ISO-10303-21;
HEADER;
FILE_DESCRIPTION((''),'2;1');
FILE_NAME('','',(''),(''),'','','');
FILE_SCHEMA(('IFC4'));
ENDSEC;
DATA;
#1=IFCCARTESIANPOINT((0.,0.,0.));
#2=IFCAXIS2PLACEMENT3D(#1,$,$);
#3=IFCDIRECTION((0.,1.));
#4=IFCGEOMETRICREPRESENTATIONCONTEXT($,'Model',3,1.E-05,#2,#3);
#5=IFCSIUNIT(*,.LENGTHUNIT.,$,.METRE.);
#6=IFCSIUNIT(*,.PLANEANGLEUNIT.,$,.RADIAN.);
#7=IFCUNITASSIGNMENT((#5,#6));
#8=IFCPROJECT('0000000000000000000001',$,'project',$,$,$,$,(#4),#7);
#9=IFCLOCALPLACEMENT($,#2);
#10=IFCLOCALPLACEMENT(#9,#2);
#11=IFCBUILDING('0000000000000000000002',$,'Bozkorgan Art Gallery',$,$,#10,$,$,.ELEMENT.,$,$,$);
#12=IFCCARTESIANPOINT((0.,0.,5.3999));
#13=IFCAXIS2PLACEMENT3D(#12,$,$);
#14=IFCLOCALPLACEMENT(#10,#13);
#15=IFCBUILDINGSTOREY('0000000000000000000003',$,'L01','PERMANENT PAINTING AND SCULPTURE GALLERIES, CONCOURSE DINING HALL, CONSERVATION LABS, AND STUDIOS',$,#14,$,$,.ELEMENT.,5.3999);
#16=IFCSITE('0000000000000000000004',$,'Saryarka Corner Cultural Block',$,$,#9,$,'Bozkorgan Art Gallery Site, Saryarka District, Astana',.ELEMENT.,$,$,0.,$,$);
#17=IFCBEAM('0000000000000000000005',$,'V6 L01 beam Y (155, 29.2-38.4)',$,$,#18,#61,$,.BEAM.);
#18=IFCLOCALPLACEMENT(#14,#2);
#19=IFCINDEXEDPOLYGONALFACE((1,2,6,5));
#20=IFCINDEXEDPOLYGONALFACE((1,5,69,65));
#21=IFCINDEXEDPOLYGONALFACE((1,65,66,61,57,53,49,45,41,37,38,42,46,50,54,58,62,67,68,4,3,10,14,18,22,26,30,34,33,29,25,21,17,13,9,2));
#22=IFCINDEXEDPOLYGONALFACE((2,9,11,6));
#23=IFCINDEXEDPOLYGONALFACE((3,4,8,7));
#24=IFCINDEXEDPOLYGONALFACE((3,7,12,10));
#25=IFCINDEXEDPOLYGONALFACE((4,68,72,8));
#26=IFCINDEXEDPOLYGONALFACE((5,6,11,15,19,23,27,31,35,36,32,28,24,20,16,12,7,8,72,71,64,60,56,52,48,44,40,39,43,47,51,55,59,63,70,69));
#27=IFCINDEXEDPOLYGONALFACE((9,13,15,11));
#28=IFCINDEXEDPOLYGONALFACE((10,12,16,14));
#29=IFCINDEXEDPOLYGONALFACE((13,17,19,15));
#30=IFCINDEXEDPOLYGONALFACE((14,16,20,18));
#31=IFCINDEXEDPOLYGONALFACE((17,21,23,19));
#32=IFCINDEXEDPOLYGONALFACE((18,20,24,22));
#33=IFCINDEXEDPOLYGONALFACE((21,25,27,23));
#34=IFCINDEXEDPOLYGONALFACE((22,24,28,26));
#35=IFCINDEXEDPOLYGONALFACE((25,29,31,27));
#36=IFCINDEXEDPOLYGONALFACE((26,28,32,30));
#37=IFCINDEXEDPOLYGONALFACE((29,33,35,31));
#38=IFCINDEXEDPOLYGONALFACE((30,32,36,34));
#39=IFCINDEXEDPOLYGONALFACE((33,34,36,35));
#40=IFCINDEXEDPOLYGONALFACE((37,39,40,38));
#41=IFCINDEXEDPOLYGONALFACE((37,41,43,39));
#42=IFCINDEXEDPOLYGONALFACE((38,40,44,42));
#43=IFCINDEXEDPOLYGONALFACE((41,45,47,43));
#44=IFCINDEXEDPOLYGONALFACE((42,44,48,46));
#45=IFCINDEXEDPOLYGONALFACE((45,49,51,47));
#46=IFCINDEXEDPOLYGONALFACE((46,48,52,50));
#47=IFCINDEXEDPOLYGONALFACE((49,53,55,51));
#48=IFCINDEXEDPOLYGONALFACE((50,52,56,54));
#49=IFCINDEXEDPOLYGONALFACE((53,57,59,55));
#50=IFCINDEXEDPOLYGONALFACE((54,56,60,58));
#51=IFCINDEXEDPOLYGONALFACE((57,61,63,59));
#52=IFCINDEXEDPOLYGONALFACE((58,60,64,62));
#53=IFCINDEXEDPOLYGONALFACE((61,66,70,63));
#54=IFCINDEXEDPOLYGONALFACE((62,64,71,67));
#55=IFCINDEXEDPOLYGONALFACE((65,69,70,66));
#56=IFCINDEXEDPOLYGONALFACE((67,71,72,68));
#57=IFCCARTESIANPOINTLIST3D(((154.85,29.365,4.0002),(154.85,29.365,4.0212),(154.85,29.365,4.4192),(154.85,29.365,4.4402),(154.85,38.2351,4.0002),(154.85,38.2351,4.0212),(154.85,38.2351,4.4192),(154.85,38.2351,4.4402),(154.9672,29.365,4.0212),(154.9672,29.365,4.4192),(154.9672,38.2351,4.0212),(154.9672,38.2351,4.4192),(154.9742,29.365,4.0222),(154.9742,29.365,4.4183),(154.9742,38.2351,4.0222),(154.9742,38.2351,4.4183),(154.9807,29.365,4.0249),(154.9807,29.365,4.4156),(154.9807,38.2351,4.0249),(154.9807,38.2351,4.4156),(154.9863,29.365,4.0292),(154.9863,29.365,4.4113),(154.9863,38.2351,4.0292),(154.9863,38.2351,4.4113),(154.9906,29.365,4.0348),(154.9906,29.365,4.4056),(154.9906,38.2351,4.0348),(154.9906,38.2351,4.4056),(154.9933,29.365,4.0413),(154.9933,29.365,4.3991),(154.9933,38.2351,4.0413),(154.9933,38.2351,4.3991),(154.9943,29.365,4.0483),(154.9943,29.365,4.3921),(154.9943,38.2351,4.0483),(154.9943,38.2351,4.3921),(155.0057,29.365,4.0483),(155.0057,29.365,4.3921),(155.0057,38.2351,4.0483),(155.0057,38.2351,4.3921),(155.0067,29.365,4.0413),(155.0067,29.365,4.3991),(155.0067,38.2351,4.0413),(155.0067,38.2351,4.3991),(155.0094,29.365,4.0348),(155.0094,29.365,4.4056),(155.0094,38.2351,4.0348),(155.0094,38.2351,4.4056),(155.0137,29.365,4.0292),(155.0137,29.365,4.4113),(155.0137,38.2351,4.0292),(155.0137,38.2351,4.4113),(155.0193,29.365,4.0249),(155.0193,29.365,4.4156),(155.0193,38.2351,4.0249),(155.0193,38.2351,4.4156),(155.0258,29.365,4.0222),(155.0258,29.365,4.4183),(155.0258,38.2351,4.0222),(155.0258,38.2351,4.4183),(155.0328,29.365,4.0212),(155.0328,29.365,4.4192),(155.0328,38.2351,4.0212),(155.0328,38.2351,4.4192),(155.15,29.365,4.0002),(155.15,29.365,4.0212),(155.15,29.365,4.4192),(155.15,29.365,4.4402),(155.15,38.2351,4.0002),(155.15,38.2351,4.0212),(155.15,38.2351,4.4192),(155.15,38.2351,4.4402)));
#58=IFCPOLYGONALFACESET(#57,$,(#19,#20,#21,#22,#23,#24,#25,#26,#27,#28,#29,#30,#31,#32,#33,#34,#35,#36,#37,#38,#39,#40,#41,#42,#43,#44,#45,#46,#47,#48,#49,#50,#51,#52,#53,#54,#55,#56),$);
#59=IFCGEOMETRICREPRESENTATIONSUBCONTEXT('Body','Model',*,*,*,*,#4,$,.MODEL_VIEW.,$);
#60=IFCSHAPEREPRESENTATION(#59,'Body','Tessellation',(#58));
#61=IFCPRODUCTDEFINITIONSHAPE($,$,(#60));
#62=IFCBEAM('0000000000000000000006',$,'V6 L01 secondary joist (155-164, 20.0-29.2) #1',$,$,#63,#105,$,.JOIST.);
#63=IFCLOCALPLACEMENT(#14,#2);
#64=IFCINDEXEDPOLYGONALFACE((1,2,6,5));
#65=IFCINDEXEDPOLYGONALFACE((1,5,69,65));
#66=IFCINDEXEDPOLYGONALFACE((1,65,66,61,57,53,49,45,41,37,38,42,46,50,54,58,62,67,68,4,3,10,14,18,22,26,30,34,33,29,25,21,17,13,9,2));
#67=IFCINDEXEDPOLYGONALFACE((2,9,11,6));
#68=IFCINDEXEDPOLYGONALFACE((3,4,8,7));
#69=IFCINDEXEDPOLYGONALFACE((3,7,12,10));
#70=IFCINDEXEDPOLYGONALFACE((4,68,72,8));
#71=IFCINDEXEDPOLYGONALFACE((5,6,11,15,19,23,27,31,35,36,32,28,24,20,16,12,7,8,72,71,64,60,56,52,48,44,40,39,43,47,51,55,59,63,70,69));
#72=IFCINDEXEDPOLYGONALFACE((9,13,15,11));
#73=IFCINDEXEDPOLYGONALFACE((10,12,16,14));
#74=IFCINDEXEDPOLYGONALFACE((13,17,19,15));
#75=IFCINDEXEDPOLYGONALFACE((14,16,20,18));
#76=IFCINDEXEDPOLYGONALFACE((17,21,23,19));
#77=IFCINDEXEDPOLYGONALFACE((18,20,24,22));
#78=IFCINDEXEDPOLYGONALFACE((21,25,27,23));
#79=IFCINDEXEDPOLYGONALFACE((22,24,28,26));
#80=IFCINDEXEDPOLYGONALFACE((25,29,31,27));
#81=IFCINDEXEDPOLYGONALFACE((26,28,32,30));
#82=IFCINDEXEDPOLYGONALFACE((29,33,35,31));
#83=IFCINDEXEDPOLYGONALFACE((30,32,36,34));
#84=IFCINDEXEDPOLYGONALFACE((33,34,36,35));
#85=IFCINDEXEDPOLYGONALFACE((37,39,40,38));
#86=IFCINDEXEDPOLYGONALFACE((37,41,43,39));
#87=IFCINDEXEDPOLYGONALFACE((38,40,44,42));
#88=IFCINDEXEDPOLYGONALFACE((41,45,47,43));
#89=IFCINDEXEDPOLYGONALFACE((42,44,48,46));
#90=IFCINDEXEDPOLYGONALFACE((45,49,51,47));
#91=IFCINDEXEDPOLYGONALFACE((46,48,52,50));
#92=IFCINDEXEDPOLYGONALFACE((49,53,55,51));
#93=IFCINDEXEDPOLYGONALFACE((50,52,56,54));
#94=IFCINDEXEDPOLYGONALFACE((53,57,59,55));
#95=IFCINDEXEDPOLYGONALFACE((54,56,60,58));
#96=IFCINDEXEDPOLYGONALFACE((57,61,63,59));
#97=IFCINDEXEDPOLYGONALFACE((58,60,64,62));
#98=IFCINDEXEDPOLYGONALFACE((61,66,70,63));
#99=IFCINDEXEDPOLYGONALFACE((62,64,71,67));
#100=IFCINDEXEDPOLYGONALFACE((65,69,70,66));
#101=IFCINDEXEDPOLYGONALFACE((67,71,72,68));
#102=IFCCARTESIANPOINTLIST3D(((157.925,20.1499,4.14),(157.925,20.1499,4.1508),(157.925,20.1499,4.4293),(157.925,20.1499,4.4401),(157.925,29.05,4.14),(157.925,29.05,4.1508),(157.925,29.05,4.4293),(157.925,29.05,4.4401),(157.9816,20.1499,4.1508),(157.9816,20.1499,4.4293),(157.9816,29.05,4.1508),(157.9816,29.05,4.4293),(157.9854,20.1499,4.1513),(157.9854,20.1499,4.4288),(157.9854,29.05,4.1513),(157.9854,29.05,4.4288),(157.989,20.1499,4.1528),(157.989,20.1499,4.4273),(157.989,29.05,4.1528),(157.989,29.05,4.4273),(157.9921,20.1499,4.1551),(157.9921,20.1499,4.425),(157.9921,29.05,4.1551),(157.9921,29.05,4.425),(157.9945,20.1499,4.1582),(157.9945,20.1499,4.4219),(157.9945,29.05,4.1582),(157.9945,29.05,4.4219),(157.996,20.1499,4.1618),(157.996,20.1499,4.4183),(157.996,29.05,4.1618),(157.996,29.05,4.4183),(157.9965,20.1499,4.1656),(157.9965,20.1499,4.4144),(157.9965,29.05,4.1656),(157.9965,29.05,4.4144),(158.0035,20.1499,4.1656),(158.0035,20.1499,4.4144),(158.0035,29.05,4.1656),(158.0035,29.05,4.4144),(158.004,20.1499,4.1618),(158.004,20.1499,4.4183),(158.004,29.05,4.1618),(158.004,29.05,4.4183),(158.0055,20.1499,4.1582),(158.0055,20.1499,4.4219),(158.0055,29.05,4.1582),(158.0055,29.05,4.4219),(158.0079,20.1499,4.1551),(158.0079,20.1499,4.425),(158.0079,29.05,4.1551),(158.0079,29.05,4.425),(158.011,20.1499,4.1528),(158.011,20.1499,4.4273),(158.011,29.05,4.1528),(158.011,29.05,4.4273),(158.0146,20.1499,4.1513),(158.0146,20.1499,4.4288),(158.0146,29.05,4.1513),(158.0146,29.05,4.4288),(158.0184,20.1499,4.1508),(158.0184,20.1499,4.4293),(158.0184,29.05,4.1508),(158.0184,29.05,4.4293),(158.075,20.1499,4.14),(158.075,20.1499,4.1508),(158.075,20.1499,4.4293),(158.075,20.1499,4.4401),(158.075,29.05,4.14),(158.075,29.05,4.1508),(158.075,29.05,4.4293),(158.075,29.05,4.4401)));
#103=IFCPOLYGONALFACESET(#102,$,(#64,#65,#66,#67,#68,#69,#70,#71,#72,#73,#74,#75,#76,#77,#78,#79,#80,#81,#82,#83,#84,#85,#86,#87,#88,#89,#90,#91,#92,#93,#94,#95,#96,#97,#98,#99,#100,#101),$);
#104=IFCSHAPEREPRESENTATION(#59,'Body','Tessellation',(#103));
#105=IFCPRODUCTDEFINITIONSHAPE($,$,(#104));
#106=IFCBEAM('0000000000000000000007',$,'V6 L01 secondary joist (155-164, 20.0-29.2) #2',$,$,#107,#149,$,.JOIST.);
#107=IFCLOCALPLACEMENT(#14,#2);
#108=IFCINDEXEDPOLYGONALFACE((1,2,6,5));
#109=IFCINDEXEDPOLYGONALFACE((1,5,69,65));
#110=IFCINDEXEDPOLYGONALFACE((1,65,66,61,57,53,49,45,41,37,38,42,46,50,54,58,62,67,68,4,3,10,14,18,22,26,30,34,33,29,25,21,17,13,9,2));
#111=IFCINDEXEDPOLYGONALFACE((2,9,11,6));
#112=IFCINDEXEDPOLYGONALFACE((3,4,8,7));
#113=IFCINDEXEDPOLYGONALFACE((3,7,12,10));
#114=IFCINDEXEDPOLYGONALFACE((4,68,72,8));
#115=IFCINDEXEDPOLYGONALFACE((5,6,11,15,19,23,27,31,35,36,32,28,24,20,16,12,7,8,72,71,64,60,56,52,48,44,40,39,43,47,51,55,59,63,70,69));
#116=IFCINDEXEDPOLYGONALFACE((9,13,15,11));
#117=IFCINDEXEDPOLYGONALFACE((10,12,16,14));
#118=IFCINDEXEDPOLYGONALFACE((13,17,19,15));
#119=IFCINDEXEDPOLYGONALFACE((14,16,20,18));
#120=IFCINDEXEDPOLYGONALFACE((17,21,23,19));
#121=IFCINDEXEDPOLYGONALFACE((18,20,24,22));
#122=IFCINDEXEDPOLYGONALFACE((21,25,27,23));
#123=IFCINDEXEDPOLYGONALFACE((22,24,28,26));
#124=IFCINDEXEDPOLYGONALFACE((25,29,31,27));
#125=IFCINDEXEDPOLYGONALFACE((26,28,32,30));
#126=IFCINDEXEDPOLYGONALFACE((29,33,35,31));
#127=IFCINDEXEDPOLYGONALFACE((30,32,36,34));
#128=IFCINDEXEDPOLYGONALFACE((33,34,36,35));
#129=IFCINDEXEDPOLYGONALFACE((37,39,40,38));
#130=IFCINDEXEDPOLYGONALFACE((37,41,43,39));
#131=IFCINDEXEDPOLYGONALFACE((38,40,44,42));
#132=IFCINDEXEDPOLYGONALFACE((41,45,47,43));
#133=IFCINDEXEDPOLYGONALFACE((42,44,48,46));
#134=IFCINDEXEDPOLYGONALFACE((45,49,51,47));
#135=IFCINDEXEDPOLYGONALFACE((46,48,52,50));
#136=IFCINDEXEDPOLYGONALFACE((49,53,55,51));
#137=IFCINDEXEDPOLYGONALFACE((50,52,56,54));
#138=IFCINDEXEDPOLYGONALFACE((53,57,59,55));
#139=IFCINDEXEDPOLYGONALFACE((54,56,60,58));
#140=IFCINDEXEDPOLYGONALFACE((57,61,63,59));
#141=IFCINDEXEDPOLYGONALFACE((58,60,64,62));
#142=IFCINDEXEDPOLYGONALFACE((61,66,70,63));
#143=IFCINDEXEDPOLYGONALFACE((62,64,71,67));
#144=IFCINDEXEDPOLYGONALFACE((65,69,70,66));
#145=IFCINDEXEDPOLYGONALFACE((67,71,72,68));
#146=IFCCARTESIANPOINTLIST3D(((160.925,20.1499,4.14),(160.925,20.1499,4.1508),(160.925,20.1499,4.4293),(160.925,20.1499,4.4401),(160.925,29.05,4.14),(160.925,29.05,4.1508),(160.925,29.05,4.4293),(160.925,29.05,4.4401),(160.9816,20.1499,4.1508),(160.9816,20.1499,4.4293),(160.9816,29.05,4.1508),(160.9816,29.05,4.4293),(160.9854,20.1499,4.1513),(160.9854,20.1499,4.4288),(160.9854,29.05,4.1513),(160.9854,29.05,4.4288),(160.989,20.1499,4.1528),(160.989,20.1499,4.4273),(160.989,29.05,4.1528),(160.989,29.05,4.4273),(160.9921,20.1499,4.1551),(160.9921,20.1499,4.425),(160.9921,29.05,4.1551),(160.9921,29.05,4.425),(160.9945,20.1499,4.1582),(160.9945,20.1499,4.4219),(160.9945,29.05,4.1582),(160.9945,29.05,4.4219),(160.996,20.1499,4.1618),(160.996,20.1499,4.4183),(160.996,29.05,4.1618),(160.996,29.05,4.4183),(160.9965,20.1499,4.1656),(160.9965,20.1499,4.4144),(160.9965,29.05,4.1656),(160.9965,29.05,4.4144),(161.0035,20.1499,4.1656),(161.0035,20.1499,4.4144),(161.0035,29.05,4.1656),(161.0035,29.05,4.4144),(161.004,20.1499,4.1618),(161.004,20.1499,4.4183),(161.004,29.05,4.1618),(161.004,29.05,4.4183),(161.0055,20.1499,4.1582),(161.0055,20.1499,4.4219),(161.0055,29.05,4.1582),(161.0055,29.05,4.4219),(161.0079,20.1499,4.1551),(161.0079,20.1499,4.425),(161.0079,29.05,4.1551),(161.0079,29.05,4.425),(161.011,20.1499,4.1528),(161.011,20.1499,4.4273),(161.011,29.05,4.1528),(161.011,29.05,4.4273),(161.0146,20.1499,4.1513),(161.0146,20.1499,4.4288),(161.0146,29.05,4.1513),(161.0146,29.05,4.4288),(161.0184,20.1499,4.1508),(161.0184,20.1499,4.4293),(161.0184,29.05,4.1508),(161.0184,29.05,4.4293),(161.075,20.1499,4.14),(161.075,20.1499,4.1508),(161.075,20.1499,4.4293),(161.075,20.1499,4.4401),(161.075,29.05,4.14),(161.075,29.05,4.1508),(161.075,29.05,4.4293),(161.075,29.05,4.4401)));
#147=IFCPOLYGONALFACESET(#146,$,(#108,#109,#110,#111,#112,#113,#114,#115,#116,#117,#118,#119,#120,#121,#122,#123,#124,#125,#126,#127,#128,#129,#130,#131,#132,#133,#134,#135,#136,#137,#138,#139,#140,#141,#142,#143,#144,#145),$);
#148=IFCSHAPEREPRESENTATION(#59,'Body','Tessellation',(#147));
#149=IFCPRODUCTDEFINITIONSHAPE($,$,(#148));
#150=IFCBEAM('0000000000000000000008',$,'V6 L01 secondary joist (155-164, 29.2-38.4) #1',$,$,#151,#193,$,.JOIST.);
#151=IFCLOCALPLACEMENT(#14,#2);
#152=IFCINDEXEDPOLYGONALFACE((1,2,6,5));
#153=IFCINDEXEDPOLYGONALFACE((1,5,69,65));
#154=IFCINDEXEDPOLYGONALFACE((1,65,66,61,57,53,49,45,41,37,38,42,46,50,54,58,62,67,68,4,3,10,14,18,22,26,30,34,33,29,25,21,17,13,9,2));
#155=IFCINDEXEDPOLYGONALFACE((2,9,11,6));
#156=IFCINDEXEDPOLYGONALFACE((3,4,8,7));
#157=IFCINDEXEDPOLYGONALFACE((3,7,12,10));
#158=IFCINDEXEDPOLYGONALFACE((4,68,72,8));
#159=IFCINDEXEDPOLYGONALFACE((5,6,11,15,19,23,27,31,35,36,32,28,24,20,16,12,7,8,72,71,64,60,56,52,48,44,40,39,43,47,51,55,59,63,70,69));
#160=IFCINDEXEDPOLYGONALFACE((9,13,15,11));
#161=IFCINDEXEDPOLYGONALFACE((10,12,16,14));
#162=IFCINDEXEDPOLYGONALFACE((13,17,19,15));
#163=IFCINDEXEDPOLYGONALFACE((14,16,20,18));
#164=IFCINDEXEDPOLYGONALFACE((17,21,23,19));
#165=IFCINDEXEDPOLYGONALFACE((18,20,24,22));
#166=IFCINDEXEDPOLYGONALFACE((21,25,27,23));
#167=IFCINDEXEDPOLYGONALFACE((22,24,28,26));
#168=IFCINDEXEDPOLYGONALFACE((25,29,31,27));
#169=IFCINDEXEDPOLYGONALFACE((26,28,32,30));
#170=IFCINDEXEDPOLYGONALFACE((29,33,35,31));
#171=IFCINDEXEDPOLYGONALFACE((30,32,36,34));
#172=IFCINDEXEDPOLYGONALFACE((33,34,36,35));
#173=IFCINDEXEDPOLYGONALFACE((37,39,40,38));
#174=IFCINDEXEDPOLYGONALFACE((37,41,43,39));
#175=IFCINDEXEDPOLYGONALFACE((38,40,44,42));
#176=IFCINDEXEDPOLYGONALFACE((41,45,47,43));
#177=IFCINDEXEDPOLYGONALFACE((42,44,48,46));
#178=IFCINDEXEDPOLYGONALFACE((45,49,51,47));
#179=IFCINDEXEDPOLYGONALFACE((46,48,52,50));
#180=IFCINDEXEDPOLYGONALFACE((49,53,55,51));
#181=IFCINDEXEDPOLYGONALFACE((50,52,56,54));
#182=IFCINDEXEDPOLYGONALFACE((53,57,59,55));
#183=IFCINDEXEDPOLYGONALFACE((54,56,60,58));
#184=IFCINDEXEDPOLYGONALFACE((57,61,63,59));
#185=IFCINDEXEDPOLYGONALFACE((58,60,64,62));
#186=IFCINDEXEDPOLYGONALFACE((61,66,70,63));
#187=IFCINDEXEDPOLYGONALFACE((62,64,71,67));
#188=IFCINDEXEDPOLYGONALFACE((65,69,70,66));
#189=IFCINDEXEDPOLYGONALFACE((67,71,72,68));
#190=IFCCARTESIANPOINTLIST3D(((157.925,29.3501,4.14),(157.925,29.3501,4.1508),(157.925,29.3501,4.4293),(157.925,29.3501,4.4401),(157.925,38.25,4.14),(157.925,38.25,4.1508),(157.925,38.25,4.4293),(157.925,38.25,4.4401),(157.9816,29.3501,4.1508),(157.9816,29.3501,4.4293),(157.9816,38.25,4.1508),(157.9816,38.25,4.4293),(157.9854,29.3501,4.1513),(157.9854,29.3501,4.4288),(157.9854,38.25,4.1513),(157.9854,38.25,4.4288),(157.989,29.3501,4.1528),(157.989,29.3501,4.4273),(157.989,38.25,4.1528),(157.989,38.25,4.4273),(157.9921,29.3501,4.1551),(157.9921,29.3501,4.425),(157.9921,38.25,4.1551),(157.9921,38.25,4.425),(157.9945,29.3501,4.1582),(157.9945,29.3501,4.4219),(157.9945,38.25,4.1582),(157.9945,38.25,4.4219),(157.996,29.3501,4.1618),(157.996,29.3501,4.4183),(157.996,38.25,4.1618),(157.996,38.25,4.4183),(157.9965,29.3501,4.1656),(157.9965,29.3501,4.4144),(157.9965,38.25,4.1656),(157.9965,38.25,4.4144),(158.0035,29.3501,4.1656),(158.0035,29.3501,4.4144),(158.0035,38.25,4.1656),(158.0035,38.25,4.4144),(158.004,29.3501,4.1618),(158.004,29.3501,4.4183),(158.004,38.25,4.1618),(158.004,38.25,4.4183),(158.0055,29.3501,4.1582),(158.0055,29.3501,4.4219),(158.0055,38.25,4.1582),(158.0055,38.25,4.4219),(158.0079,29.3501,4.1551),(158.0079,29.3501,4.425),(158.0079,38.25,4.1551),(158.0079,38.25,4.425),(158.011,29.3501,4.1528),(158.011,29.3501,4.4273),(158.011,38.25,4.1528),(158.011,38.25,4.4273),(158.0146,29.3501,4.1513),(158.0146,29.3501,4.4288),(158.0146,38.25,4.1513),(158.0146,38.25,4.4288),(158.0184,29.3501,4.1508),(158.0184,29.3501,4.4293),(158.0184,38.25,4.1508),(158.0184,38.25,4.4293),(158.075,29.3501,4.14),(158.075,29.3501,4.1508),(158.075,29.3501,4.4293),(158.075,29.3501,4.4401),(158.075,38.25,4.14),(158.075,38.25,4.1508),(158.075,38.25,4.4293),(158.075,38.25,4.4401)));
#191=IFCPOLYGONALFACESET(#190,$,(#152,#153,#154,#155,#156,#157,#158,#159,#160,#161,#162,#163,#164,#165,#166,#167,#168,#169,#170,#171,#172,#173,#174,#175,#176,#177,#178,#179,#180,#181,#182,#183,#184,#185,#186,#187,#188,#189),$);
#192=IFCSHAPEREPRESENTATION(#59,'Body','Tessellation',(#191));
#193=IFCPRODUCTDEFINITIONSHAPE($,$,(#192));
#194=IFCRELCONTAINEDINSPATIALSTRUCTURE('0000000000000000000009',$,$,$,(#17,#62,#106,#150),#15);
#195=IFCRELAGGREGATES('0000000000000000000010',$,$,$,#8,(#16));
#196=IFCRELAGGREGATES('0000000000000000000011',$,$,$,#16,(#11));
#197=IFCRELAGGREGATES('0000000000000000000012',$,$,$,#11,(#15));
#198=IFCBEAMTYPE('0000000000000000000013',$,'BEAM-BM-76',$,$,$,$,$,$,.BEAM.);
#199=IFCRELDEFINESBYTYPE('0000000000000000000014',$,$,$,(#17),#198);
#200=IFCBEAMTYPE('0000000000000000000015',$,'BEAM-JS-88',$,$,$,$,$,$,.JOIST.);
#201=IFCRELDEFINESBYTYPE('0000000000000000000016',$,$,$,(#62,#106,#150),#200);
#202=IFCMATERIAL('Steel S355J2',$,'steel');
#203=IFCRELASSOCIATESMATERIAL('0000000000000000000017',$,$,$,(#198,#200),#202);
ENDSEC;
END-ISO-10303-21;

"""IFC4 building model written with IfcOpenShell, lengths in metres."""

from ifc_helpers import new_model, si_unit, direction, frame, origin, origin_2d, place, context, subcontext, project, spatial, i_section, extrude, material, material_profile, profile_set, type_object, element, save


model = new_model("IFC4")

# Units and contexts
model_context = context("Model", 3, precision=1e-05, world=origin(), true_north=direction((0.0, 1.0)))
body_context = subcontext(model_context, "Body", "Model", "MODEL_VIEW")
ifc_project = project(units=[si_unit("LENGTHUNIT", "METRE"), si_unit("PLANEANGLEUNIT", "RADIAN")], contexts=[model_context])

# Site, building, storey
site_placement = place(None, origin())
site = spatial("IfcSite", under=ifc_project, at=site_placement, Name="Saryarka Corner Cultural Block", LongName="Bozkorgan Art Gallery Site, Saryarka District, Astana", CompositionType="ELEMENT", RefElevation=0.0)
building_placement = place(site_placement, origin())
building = spatial("IfcBuilding", under=site, at=building_placement, Name="Bozkorgan Art Gallery", CompositionType="ELEMENT")
storey_placement = place(building_placement, frame((0.0, 0.0, 5.3999)))
storey = spatial("IfcBuildingStorey", under=building, at=storey_placement, Name="L01", Description="PERMANENT PAINTING AND SCULPTURE GALLERIES, CONCOURSE DINING HALL, CONSERVATION LABS, AND STUDIOS", CompositionType="ELEMENT", Elevation=5.3999)

# Shared definitions
ifc_material_1 = material(Name="Steel S355J2", Category="steel")

# Beams
ifc_material_profile_1 = material_profile(ifc_material_1, i_section(OverallWidth=0.3, OverallDepth=0.4399, WebThickness=0.0115, FlangeThickness=0.021, FilletRadius=0.0271, at=origin_2d()), Name="HEA 450")
ifc_profile_set_1 = profile_set([ifc_material_profile_1], Name="Steel S355J2")
beam_type_1 = type_object("IfcBeamType", Name="BEAM-BM-76", PredefinedType="BEAM", material=ifc_profile_set_1)
beam_1_placement = place(storey_placement, frame((155.0, 29.365, 4.2202), z_axis=(0.0, 1.0, 0.0), x_axis=(-1.0, 0.0, 0.0)))
element("IfcBeam", 1, at=beam_1_placement, inside=storey, type_object=beam_type_1, Name="V6 L01 beam Y (155, 29.2-38.4)", PredefinedType="BEAM", context=body_context, shape_type="SweptSolid", body=[
    extrude(i_section(OverallWidth=0.3, OverallDepth=0.4399, WebThickness=0.0115, FlangeThickness=0.021, FilletRadius=0.0271, at=origin_2d()), origin(), (0.0, 0.0, 1.0), 8.8701),
])
ifc_material_profile_2 = material_profile(ifc_material_1, i_section(OverallWidth=0.1499, OverallDepth=0.3, WebThickness=0.0071, FlangeThickness=0.0107, FilletRadius=0.0149, at=origin_2d()), Name="IPE 300")
ifc_profile_set_2 = profile_set([ifc_material_profile_2], Name="Steel S355J2")
beam_type_2 = type_object("IfcBeamType", Name="BEAM-JS-88", PredefinedType="JOIST", material=ifc_profile_set_2)
for number, where, z_axis, x_axis, name in (
    (2, (158.0, 20.1499, 4.29), (0.0, 1.0, 0.0), (-1.0, 0.0, 0.0), "V6 L01 secondary joist (155-164, 20.0-29.2) #1"),
    (3, (161.0, 20.1499, 4.29), (0.0, 1.0, 0.0), (-1.0, 0.0, 0.0), "V6 L01 secondary joist (155-164, 20.0-29.2) #2"),
):
    element("IfcBeam", number, at=place(storey_placement, frame(where, z_axis=z_axis, x_axis=x_axis)), inside=storey, type_object=beam_type_2, Name=name, PredefinedType="JOIST", context=body_context, shape_type="SweptSolid", body=[
        extrude(i_section(OverallWidth=0.1499, OverallDepth=0.3, WebThickness=0.0071, FlangeThickness=0.0107, FilletRadius=0.0149, at=origin_2d()), origin(), (0.0, 0.0, 1.0), 8.9001),
    ])
for number, where, z_axis, x_axis, name in (
    (4, (158.0, 29.3501, 4.29), (0.0, 1.0, 0.0), (-1.0, 0.0, 0.0), "V6 L01 secondary joist (155-164, 29.2-38.4) #1"),
):
    element("IfcBeam", number, at=place(storey_placement, frame(where, z_axis=z_axis, x_axis=x_axis)), inside=storey, type_object=beam_type_2, Name=name, PredefinedType="JOIST", context=body_context, shape_type="SweptSolid", body=[
        extrude(i_section(OverallWidth=0.1499, OverallDepth=0.3, WebThickness=0.0071, FlangeThickness=0.0107, FilletRadius=0.0149, at=origin_2d()), origin(), (0.0, 0.0, 1.0), 8.8999),
    ])

save(model, "model.ifc")
